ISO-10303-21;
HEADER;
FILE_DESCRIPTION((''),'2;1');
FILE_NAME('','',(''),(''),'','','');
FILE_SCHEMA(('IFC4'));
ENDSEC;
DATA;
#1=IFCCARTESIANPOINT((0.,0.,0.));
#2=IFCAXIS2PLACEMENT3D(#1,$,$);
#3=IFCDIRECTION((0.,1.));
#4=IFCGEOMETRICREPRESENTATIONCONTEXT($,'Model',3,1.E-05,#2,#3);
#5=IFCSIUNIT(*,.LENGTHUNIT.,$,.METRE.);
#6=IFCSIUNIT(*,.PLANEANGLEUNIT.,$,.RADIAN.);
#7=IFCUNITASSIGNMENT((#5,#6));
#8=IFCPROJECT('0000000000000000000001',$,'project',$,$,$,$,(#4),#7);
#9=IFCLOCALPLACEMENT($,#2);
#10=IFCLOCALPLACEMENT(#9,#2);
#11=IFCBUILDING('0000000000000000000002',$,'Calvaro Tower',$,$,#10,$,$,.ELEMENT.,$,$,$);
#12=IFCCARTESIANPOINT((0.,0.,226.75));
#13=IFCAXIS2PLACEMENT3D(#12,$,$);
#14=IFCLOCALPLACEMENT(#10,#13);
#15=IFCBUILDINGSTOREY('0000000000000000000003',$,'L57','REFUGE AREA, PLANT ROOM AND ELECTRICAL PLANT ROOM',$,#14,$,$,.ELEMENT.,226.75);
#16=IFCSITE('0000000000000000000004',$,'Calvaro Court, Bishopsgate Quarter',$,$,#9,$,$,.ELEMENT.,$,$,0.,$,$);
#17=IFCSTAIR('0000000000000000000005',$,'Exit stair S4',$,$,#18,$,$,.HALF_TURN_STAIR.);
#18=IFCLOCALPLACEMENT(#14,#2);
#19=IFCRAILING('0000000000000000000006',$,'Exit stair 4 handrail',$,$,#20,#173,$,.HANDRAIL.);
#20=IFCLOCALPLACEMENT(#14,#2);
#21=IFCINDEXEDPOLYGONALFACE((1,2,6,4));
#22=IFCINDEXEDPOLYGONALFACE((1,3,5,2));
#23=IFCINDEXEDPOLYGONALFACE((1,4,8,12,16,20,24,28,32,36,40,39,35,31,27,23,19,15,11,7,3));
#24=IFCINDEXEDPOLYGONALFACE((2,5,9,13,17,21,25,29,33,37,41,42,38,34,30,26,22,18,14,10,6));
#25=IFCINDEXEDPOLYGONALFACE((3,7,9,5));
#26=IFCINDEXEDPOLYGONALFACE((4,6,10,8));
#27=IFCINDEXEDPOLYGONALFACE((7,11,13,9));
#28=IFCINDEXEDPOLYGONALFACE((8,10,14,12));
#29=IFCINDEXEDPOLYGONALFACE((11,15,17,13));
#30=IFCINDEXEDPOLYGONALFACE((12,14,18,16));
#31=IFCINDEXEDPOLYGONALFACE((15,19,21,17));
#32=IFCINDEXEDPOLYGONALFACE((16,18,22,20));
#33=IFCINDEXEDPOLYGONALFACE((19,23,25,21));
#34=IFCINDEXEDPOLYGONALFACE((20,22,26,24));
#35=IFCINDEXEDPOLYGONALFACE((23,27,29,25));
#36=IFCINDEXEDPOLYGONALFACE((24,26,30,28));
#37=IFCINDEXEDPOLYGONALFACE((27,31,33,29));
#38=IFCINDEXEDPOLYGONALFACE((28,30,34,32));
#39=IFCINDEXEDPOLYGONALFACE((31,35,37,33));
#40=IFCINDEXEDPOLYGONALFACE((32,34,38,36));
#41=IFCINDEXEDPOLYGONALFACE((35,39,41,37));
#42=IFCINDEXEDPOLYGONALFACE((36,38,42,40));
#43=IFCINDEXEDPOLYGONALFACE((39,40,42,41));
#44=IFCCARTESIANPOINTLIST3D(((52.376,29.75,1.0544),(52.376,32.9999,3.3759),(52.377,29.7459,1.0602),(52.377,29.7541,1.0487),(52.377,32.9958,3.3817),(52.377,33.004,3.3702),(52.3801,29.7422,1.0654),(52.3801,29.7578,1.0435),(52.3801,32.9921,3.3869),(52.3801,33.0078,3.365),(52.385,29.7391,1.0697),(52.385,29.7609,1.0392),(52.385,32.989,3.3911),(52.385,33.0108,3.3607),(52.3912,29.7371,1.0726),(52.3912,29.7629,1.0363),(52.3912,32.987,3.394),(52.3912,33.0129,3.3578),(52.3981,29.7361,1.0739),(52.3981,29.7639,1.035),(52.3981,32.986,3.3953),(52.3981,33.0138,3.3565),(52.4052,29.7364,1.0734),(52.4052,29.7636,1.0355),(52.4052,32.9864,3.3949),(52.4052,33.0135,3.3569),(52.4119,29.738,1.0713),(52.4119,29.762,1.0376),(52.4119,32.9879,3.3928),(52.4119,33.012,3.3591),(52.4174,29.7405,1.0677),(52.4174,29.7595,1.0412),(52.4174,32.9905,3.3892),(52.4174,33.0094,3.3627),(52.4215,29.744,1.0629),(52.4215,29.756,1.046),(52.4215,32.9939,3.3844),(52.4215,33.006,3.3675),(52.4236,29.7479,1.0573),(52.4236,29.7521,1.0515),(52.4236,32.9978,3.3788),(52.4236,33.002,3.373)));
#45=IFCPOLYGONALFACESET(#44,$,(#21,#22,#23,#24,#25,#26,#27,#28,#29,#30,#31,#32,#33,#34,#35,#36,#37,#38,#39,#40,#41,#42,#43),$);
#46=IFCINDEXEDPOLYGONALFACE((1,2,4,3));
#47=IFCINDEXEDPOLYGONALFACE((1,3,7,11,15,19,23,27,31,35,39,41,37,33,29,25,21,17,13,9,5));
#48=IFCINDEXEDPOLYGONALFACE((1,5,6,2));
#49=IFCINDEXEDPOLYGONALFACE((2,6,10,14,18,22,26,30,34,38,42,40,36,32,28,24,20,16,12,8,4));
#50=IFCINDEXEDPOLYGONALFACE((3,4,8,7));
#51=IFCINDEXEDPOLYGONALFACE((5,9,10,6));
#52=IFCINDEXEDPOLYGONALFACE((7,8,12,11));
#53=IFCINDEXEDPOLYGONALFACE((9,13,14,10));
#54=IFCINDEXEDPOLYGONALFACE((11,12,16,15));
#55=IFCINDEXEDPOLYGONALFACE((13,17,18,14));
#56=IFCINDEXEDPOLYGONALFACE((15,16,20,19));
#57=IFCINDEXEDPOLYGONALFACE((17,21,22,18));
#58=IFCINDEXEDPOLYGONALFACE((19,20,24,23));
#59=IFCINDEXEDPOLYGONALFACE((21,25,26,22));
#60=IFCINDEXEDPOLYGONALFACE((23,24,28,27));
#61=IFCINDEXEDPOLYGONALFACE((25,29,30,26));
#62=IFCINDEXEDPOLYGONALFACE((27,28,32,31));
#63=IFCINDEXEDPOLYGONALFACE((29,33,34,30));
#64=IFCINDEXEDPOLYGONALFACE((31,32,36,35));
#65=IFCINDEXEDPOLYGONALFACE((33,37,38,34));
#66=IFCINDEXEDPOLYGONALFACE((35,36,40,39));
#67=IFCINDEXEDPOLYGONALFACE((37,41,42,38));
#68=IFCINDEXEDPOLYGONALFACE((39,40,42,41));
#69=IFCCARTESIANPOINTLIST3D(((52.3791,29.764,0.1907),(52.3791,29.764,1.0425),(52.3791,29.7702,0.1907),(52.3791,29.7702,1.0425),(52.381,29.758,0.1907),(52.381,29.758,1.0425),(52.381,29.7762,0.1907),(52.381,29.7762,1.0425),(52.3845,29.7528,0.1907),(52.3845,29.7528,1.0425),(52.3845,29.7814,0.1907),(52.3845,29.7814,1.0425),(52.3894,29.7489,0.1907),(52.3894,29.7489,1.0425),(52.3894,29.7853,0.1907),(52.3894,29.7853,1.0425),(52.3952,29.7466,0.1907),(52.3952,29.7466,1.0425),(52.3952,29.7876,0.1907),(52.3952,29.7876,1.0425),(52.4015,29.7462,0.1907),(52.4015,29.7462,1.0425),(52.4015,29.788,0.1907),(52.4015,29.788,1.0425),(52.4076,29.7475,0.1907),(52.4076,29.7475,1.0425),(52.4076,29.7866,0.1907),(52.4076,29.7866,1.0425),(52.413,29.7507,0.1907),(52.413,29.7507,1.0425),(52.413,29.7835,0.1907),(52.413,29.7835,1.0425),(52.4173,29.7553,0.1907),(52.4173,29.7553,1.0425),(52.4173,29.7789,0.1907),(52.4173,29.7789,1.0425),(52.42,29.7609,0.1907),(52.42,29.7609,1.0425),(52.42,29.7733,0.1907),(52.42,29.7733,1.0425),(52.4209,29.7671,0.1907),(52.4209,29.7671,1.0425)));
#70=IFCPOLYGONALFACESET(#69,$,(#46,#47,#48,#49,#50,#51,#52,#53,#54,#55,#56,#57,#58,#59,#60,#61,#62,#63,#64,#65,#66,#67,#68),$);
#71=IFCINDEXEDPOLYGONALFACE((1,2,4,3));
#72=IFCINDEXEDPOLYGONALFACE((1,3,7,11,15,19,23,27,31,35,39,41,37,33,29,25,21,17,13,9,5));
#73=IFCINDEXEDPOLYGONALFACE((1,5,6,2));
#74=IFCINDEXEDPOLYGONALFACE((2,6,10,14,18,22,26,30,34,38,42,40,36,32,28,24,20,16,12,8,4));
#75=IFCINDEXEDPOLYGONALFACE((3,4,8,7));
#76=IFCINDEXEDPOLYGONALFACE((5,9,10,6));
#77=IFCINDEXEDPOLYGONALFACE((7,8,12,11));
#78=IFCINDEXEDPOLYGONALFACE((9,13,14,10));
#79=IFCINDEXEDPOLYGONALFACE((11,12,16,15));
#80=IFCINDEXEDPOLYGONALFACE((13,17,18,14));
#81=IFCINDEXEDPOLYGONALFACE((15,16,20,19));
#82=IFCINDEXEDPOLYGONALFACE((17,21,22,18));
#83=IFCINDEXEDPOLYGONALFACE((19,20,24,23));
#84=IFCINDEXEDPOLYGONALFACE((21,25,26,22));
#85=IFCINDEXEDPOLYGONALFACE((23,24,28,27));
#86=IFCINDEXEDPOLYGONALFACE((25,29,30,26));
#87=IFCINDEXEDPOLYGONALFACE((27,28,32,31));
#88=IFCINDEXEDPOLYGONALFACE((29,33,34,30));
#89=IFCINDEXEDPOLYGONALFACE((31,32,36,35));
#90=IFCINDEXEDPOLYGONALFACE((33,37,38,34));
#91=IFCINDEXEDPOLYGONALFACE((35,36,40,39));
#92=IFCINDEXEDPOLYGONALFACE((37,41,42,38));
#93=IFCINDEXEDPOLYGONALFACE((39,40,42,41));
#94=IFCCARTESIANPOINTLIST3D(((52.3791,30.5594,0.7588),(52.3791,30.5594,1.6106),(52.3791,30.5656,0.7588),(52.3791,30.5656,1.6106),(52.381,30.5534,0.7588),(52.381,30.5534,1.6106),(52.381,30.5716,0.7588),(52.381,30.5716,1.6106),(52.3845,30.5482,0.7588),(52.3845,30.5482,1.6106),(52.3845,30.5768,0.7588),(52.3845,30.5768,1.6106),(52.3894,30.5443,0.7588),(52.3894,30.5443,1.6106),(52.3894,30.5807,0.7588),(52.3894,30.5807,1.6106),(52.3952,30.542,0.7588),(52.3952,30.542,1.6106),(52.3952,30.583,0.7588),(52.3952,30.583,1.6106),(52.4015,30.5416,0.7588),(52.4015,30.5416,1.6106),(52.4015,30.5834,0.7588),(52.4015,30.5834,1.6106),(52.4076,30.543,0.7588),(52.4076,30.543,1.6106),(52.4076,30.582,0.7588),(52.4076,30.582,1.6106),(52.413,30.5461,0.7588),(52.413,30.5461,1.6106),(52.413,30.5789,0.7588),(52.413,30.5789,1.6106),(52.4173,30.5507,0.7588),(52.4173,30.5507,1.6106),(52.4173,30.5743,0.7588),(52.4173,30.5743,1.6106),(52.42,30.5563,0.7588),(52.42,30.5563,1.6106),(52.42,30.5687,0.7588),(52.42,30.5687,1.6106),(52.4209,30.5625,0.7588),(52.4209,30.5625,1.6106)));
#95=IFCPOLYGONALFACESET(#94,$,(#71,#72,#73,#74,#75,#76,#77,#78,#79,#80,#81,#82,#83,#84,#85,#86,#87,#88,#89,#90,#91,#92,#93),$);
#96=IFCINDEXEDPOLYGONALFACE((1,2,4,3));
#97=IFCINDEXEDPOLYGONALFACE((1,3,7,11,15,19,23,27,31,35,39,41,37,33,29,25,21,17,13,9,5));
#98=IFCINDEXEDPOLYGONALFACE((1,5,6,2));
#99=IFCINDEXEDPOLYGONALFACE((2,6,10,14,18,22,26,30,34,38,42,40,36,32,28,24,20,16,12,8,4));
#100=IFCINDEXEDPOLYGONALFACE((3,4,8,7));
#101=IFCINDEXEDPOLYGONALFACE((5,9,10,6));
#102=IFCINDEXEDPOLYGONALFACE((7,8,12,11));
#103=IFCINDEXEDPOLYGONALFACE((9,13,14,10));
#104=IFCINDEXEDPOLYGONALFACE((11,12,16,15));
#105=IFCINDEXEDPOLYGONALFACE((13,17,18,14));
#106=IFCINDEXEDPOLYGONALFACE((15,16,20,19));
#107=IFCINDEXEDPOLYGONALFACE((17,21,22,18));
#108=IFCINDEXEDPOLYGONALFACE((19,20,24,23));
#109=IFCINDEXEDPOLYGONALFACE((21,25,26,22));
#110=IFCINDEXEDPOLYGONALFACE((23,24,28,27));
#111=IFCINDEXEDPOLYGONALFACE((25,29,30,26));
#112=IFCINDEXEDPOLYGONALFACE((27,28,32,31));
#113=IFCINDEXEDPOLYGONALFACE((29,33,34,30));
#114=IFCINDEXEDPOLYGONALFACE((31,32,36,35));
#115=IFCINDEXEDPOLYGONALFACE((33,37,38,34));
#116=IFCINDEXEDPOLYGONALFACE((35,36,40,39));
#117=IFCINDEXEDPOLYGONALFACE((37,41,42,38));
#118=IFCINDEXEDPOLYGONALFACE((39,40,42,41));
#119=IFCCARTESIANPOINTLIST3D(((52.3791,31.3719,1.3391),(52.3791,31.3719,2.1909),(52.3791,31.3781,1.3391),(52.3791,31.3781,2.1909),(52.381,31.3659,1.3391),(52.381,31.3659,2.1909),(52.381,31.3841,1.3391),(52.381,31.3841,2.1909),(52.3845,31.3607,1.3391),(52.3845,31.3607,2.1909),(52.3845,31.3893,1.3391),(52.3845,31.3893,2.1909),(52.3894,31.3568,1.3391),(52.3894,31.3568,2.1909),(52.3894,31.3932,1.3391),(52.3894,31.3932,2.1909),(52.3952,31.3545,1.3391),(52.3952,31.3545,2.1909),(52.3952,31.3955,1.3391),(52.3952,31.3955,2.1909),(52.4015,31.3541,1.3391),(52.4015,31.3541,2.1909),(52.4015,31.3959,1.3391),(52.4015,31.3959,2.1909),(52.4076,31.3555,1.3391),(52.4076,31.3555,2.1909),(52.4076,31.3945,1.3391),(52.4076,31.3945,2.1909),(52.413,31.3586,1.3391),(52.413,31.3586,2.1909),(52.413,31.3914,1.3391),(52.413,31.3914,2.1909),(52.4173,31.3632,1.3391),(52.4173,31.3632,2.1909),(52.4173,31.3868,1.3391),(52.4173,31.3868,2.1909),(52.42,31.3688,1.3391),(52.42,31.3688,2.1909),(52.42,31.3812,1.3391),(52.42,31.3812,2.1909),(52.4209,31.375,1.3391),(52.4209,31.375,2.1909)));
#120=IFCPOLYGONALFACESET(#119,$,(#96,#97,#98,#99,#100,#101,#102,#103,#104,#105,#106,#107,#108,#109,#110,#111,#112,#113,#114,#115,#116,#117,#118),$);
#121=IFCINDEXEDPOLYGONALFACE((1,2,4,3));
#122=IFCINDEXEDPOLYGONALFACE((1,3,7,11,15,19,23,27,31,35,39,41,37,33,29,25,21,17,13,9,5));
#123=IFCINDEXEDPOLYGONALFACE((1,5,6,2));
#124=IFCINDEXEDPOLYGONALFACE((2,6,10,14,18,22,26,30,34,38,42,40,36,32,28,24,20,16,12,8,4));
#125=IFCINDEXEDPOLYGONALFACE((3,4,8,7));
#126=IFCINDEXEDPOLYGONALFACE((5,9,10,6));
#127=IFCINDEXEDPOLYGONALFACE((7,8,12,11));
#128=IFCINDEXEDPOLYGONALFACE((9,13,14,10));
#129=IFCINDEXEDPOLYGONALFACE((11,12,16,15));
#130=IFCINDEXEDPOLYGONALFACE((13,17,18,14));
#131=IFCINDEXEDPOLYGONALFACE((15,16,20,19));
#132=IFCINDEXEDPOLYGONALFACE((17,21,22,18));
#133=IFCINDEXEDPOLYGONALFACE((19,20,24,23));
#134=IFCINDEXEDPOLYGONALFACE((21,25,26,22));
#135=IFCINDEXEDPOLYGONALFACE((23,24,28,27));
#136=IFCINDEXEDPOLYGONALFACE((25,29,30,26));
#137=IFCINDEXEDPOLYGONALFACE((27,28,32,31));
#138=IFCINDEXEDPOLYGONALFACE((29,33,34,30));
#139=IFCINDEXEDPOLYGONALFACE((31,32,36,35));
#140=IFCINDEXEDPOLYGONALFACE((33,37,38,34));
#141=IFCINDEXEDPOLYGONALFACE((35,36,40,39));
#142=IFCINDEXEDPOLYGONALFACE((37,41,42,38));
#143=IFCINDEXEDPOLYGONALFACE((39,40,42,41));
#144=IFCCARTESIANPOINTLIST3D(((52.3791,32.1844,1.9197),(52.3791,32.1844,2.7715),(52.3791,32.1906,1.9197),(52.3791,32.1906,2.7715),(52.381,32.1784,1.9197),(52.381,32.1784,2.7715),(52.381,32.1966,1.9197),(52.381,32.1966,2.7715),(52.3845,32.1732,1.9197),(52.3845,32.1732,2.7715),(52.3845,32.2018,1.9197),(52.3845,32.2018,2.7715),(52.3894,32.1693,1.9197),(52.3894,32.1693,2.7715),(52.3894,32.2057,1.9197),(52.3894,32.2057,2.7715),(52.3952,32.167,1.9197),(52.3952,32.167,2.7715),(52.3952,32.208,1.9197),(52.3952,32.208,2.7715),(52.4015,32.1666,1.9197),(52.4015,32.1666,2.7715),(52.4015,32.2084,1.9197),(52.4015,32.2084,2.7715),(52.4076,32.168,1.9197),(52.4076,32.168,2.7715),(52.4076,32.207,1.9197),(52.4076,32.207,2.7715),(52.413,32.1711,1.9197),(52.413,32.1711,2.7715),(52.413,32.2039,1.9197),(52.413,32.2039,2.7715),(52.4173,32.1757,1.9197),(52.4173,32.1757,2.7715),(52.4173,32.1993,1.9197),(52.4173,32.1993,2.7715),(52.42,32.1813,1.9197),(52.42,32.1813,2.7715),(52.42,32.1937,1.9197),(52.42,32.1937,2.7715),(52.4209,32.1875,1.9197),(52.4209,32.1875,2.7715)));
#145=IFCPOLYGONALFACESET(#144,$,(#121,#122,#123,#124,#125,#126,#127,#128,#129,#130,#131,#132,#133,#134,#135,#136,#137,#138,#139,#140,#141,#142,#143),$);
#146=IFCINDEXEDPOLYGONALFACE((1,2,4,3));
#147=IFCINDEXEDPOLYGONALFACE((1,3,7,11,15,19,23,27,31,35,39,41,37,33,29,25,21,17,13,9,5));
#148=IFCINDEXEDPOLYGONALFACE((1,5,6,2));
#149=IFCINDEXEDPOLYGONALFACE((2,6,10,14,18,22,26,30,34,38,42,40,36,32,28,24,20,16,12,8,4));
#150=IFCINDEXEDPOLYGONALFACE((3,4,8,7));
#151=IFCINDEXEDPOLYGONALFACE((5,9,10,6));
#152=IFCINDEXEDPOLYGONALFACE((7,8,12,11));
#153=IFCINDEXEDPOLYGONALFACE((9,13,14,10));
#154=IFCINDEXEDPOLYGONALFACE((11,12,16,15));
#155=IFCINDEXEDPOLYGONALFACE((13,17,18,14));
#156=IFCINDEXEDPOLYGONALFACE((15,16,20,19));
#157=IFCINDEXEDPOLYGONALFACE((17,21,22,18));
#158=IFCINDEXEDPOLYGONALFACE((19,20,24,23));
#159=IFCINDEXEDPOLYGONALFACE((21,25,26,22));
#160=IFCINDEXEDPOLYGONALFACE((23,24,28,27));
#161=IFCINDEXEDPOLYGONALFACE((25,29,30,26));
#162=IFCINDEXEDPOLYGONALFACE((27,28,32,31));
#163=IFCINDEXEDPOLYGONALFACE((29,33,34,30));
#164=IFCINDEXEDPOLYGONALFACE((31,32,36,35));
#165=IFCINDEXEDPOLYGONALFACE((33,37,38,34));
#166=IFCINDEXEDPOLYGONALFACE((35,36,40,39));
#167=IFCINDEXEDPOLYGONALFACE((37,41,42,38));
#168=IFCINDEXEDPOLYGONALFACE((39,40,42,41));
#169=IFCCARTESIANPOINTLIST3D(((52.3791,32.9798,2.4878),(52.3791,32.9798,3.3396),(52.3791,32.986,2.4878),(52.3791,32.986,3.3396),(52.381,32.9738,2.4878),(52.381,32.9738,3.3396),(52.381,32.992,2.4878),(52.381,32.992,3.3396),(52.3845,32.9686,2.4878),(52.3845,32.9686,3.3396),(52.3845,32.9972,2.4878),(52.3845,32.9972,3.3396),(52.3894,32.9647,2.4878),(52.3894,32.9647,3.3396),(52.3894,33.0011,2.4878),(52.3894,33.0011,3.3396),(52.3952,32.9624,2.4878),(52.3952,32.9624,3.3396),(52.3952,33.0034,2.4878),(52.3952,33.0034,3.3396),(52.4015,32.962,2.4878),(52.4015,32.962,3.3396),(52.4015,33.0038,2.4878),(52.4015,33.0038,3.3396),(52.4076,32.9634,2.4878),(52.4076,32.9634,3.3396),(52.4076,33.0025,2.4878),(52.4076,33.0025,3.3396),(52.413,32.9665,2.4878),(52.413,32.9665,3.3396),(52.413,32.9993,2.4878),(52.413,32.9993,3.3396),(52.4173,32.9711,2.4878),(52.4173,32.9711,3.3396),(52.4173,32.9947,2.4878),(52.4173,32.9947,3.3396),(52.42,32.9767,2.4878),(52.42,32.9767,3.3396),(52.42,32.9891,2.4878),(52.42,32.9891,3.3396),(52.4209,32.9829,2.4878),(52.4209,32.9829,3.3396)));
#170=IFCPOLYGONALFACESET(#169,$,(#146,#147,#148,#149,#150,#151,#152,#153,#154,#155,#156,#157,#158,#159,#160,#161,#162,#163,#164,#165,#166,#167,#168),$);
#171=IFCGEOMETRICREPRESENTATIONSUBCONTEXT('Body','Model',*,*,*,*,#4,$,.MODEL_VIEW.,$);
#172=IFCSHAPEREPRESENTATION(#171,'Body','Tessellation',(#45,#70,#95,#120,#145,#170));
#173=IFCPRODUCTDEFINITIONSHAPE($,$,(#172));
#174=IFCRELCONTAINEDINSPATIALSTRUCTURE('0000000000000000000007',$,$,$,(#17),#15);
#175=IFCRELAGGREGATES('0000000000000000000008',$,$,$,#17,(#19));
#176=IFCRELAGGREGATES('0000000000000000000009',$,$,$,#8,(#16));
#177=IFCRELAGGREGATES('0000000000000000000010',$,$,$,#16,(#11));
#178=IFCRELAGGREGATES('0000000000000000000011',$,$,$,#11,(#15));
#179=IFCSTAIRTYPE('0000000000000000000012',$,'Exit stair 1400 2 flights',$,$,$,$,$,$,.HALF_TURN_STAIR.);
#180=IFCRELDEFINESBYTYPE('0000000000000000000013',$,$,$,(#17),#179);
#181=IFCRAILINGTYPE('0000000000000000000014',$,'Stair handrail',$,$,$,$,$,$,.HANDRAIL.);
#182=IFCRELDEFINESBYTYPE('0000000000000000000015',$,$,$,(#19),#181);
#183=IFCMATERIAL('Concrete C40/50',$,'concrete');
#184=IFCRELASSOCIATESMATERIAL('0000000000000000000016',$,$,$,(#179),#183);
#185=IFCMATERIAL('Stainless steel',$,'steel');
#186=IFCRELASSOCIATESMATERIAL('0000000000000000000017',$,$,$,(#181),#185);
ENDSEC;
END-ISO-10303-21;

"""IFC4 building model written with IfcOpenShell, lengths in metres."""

from ifc_helpers import new_model, si_unit, direction, frame, origin, origin_2d, place, context, subcontext, project, spatial, circle, extrude, material, type_object, element, aggregate, save


model = new_model("IFC4")

# Units and contexts
model_context = context("Model", 3, precision=1e-05, world=origin(), true_north=direction((0.0, 1.0)))
body_context = subcontext(model_context, "Body", "Model", "MODEL_VIEW")
ifc_project = project(units=[si_unit("LENGTHUNIT", "METRE"), si_unit("PLANEANGLEUNIT", "RADIAN")], contexts=[model_context])

# Site, building, storey
site_placement = place(None, origin())
site = spatial("IfcSite", under=ifc_project, at=site_placement, Name="Calvaro Court, Bishopsgate Quarter", CompositionType="ELEMENT", RefElevation=0.0)
building_placement = place(site_placement, origin())
building = spatial("IfcBuilding", under=site, at=building_placement, Name="Calvaro Tower", CompositionType="ELEMENT")
storey_placement = place(building_placement, frame((0.0, 0.0, 226.75)))
storey = spatial("IfcBuildingStorey", under=building, at=storey_placement, Name="L57", Description="REFUGE AREA, PLANT ROOM AND ELECTRICAL PLANT ROOM", CompositionType="ELEMENT", Elevation=226.75)

# Stair
ifc_material_1 = material(Name="Concrete C40/50", Category="concrete")
stair_type = type_object("IfcStairType", Name="Exit stair 1400 2 flights", PredefinedType="HALF_TURN_STAIR", material=ifc_material_1)
stair_1_placement = place(storey_placement, origin())
stair_1 = element("IfcStair", 1, at=stair_1_placement, inside=storey, type_object=stair_type, Name="Exit stair S4", PredefinedType="HALF_TURN_STAIR")

# Railing
ifc_material_2 = material(Name="Stainless steel", Category="steel")
railing_type = type_object("IfcRailingType", Name="Stair handrail", PredefinedType="HANDRAIL", material=ifc_material_2)
railing_1_placement = place(storey_placement, frame((52.3999, 29.75, 0.1785)))
railing_1 = element("IfcRailing", 2, at=railing_1_placement, type_object=railing_type, Name="Exit stair 4 handrail", PredefinedType="HANDRAIL", context=body_context, shape_type="SweptSolid", body=[
    extrude(circle(Radius=0.0239, at=origin_2d()), frame((0.0, 0.0, 0.876), z_axis=(0.0, 0.813721, 0.581256), x_axis=(-1.0, 0.0, 0.0)), (0.0, 0.0, 1.0), 3.9939),
    extrude(circle(Radius=0.021, at=origin_2d()), frame((0.0, 0.0171, 0.0122)), (0.0, 0.0, 1.0), 0.8518),
    extrude(circle(Radius=0.021, at=origin_2d()), frame((0.0, 0.8125, 0.5803)), (0.0, 0.0, 1.0), 0.8518),
    extrude(circle(Radius=0.021, at=origin_2d()), frame((0.0, 1.625, 1.1606)), (0.0, 0.0, 1.0), 0.8518),
    extrude(circle(Radius=0.021, at=origin_2d()), frame((0.0, 2.4375, 1.7412)), (0.0, 0.0, 1.0), 0.8518),
    extrude(circle(Radius=0.021, at=origin_2d()), frame((0.0, 3.2329, 2.3093)), (0.0, 0.0, 1.0), 0.8518),
])
aggregate(stair_1, [railing_1])

save(model, "model.ifc")
